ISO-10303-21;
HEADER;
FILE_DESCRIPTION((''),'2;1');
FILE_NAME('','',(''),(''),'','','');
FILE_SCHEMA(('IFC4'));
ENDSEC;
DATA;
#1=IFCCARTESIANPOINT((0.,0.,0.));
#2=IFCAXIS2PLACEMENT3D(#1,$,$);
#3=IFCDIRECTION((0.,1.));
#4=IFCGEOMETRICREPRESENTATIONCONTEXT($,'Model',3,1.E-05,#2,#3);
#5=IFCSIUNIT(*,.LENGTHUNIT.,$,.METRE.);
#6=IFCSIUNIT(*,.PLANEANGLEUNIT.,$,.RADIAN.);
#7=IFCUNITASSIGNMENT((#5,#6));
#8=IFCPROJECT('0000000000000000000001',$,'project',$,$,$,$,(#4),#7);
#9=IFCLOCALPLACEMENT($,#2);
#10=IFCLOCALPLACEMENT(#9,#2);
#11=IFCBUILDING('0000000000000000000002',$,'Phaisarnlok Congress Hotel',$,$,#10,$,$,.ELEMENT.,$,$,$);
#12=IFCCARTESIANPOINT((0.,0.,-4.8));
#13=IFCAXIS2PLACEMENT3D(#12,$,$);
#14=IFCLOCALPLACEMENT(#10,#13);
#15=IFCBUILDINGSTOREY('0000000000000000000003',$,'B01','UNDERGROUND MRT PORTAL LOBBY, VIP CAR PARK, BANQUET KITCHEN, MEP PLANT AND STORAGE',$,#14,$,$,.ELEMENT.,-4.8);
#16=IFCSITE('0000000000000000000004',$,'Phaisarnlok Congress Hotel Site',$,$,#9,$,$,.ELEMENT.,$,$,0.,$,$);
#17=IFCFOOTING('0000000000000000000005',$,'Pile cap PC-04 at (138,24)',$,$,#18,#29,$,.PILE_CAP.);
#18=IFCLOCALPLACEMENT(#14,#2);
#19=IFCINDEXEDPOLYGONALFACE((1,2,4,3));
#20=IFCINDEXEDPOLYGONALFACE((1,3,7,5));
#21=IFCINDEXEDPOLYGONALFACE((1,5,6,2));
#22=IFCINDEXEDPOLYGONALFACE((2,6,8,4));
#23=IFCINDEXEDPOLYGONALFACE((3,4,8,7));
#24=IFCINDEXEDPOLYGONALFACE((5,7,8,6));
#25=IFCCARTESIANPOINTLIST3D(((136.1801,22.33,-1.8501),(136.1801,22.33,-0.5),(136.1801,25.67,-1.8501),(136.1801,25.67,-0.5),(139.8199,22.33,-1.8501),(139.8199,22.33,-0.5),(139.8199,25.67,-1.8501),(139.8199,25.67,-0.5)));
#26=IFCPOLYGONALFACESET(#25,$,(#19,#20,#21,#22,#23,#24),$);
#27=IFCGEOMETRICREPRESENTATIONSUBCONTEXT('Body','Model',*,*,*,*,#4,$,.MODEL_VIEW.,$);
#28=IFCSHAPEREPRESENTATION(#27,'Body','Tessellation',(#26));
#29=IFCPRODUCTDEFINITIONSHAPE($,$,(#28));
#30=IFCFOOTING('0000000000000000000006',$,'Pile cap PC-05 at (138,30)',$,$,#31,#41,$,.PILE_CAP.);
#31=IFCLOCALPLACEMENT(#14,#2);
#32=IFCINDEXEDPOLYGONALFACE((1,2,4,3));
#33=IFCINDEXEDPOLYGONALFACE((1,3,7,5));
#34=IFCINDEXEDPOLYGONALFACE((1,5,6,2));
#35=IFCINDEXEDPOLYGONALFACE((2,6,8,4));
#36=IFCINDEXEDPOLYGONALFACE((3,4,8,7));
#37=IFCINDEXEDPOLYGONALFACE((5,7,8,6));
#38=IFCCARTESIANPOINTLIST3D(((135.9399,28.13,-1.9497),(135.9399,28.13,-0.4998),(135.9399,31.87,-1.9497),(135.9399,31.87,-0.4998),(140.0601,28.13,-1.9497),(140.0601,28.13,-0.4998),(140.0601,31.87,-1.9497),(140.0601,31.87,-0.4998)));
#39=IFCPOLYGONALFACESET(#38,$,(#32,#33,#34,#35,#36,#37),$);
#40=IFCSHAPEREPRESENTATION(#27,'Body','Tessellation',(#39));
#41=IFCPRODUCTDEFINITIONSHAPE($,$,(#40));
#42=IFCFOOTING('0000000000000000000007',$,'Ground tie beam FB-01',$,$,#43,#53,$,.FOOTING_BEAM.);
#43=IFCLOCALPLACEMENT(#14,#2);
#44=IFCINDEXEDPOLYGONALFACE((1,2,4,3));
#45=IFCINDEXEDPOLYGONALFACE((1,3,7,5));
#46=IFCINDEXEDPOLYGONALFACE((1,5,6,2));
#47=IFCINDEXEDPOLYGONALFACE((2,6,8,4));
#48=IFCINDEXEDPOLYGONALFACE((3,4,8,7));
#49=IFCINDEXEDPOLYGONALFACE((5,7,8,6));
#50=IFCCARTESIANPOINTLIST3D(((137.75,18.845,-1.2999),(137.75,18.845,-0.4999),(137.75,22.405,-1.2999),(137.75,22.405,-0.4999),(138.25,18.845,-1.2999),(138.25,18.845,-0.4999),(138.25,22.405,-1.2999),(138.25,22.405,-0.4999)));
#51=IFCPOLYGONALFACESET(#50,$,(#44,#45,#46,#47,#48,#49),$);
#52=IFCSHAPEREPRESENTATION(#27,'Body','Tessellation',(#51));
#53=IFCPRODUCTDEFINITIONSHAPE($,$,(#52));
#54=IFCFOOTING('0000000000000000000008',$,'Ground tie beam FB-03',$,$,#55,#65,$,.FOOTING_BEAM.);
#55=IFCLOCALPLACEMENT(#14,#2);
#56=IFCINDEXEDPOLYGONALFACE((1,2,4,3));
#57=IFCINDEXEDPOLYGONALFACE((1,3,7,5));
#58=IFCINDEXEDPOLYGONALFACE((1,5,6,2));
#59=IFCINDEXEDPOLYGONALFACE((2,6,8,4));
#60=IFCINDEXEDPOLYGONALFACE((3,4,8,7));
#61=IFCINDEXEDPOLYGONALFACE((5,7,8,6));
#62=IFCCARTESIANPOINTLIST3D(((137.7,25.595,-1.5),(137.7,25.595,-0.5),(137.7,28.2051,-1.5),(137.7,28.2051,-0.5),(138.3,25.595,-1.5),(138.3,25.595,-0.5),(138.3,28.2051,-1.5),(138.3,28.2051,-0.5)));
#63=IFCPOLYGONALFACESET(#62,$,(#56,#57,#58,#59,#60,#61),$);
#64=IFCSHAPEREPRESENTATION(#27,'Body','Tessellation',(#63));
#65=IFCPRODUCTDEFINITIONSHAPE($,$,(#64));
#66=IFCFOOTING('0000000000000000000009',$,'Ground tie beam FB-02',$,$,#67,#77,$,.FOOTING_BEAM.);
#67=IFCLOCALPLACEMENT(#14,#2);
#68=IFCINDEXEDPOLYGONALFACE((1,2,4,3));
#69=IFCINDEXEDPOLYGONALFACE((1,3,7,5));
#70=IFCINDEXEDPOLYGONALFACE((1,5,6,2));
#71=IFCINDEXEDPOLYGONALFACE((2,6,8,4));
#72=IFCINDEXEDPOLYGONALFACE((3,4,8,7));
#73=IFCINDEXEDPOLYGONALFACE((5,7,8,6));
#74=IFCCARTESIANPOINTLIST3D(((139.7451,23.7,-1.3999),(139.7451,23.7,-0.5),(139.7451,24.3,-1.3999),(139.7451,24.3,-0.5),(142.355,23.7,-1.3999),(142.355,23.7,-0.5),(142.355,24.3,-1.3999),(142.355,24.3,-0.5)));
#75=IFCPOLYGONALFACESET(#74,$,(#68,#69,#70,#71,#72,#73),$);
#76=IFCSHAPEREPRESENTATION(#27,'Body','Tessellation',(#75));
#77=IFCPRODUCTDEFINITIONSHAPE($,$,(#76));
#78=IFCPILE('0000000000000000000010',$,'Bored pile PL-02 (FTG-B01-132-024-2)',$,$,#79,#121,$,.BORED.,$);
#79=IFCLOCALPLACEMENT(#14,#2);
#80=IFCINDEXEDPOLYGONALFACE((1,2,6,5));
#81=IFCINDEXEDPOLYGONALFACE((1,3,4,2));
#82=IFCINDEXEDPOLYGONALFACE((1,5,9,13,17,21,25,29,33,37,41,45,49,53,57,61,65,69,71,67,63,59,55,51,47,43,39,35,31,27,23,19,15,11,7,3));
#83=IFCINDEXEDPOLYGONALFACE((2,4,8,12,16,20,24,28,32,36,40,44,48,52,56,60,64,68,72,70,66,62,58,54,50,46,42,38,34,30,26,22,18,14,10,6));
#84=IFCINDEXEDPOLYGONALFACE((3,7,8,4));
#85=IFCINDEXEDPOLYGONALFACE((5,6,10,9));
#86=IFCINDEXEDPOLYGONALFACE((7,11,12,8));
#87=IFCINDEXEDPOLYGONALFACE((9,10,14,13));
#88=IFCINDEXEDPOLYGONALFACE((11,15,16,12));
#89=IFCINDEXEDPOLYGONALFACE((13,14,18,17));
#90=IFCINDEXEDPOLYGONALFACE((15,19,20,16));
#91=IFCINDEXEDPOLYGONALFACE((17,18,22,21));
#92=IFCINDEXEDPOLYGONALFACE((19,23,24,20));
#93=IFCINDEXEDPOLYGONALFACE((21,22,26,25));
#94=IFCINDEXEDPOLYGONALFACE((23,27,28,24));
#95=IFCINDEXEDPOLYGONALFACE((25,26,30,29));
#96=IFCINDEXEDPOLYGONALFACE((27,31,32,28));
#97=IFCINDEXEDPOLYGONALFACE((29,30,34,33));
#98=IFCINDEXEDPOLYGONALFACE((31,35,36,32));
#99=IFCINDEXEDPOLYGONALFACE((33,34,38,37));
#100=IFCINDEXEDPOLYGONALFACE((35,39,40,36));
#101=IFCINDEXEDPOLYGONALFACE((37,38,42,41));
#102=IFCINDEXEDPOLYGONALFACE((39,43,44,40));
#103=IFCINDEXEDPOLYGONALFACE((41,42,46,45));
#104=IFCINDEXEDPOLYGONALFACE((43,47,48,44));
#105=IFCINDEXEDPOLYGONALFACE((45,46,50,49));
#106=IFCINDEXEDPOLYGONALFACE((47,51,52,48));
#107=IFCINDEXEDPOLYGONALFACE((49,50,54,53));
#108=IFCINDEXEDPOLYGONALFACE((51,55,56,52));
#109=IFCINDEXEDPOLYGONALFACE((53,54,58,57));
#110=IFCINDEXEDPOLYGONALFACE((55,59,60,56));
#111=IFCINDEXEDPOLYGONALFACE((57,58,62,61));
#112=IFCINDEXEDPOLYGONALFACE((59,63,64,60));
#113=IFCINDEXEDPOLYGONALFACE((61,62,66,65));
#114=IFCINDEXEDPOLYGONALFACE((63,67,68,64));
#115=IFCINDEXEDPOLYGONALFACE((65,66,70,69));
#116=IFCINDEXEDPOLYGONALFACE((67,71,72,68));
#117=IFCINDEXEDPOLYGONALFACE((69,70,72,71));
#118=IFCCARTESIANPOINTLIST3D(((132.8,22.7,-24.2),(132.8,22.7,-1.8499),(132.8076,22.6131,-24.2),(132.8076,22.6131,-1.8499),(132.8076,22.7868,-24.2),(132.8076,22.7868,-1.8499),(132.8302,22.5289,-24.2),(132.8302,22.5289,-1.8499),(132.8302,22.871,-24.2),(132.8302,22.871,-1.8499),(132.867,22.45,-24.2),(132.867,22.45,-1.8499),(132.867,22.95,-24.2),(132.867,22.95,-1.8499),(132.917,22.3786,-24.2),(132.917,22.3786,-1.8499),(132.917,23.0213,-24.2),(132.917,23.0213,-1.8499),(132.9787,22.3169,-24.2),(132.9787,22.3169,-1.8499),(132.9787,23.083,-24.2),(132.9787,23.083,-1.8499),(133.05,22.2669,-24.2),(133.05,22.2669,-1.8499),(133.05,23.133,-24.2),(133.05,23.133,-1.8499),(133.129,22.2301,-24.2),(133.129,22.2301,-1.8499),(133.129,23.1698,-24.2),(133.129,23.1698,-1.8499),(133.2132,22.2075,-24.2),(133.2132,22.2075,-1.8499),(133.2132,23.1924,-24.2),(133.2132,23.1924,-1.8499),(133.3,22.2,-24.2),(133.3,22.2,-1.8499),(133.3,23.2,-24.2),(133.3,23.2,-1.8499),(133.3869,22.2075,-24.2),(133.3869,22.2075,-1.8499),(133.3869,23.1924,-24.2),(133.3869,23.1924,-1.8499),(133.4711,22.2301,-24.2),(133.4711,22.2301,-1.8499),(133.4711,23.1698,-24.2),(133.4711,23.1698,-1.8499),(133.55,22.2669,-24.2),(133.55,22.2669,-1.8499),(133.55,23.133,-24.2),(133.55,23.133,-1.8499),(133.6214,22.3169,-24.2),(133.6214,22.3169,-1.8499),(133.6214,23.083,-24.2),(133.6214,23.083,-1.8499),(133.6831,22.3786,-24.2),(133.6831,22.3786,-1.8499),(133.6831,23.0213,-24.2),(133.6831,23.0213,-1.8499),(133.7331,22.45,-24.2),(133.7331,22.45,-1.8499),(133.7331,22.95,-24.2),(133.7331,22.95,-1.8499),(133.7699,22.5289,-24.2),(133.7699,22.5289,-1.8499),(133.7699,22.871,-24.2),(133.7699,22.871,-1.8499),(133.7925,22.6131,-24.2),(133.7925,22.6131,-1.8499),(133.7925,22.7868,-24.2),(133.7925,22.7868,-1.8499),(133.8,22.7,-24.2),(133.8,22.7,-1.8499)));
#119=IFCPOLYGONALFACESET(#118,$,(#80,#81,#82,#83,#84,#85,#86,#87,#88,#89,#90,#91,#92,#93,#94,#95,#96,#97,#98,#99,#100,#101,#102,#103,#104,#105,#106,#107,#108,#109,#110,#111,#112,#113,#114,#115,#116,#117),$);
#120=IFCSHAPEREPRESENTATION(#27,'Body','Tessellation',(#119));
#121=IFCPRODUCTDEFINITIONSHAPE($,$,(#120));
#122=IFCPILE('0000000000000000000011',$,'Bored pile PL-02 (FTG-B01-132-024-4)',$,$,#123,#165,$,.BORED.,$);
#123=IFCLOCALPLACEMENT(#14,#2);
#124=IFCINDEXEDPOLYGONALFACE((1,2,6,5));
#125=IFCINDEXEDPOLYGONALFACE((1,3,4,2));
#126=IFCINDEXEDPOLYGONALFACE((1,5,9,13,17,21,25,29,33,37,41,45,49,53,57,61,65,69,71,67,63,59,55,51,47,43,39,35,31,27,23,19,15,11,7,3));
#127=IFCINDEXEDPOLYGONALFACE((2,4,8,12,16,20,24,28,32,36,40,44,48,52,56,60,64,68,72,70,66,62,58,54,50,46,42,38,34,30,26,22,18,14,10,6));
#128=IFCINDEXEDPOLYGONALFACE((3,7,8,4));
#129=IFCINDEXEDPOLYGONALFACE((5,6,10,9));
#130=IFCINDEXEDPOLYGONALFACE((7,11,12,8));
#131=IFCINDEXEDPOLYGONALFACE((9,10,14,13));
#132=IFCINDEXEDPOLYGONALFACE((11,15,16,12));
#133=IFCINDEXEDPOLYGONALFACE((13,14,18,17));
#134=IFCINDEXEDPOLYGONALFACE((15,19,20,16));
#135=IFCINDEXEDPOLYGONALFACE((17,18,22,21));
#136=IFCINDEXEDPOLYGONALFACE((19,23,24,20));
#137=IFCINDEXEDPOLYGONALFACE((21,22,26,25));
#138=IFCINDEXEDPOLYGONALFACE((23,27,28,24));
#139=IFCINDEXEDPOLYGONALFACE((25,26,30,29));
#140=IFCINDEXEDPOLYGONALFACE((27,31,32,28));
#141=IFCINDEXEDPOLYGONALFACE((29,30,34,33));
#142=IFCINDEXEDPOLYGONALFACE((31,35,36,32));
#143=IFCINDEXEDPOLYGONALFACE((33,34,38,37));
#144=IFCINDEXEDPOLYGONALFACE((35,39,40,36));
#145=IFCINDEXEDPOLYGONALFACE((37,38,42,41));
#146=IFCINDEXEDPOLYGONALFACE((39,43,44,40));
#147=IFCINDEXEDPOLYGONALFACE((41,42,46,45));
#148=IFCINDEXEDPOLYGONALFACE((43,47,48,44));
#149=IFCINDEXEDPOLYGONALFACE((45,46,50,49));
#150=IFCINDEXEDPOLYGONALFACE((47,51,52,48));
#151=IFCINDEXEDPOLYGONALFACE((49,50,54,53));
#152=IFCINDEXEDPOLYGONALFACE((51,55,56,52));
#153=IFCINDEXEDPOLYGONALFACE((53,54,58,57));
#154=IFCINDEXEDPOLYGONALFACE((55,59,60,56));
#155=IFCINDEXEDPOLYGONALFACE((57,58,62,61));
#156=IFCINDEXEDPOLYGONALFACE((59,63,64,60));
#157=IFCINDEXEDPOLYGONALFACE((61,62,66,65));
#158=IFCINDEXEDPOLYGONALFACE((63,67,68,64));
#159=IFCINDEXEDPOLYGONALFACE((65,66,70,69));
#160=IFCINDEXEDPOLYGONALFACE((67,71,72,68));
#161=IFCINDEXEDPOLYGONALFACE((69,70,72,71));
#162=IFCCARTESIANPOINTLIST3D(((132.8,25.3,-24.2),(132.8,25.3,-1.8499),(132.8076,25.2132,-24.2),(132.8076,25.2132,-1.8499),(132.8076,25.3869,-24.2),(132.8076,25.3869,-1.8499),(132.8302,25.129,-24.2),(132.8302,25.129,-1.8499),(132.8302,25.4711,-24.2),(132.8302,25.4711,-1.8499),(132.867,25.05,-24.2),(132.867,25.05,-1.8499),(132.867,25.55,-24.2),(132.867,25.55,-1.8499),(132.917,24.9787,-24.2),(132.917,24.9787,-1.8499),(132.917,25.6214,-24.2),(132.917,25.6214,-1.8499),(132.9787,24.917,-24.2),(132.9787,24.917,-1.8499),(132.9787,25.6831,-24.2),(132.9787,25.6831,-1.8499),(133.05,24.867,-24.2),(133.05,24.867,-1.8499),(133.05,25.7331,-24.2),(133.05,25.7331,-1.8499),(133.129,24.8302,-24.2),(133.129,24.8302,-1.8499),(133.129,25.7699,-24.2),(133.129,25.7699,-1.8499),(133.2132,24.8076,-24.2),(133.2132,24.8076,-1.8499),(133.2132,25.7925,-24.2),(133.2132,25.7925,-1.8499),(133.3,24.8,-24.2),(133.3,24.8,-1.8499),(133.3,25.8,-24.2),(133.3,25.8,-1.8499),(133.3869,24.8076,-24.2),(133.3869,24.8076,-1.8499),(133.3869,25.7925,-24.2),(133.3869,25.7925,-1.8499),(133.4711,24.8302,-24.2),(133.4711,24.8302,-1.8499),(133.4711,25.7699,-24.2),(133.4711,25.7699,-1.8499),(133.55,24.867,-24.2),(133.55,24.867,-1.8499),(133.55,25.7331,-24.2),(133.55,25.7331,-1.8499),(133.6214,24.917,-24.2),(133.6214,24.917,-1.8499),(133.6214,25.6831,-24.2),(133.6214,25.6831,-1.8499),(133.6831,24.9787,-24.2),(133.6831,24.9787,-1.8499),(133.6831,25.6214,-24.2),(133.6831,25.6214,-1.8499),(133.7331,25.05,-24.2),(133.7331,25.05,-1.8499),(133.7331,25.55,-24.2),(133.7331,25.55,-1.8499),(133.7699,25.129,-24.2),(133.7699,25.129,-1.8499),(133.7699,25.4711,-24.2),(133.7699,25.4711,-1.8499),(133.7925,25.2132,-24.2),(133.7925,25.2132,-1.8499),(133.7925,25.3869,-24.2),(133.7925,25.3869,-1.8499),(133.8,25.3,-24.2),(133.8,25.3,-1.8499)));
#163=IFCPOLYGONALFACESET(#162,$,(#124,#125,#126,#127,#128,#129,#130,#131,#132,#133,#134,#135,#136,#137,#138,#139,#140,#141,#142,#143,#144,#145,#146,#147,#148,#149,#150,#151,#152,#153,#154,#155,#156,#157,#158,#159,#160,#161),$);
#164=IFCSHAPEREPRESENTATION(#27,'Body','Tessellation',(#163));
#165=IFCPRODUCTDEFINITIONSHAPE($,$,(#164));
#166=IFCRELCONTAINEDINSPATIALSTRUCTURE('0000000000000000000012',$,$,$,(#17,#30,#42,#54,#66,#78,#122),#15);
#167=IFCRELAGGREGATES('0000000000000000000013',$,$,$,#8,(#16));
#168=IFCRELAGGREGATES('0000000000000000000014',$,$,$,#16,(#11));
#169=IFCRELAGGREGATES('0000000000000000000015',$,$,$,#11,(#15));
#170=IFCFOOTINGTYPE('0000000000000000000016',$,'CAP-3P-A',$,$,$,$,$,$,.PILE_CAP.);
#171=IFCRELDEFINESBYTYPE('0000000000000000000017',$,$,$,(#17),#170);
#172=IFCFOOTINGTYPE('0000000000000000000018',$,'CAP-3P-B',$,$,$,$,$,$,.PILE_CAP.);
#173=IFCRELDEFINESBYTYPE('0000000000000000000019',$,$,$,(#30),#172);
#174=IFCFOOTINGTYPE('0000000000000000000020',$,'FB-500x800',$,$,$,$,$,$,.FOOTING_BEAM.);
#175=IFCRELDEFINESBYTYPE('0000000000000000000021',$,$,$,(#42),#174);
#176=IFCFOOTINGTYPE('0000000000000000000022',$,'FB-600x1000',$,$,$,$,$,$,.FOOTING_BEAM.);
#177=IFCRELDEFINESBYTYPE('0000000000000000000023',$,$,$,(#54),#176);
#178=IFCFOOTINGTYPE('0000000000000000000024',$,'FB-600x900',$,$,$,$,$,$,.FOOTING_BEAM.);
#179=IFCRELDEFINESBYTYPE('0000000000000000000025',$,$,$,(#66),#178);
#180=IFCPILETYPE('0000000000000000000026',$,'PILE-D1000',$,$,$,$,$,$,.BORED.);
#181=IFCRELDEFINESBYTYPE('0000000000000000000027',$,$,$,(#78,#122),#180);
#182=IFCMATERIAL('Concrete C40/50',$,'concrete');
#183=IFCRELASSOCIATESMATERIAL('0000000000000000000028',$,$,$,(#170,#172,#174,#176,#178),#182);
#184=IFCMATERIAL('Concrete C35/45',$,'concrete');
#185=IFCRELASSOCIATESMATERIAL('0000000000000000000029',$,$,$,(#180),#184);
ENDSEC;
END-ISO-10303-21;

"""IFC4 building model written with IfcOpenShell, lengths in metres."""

from ifc_helpers import new_model, si_unit, direction, frame, origin, origin_2d, place, context, subcontext, project, spatial, rectangle, circle, extrude, material, material_profile, profile_set, type_object, element, save


model = new_model("IFC4")

# Units and contexts
model_context = context("Model", 3, precision=1e-05, world=origin(), true_north=direction((0.0, 1.0)))
body_context = subcontext(model_context, "Body", "Model", "MODEL_VIEW")
ifc_project = project(units=[si_unit("LENGTHUNIT", "METRE"), si_unit("PLANEANGLEUNIT", "RADIAN")], contexts=[model_context])

# Site, building, storey
site_placement = place(None, origin())
site = spatial("IfcSite", under=ifc_project, at=site_placement, Name="Phaisarnlok Congress Hotel Site", CompositionType="ELEMENT", RefElevation=0.0)
building_placement = place(site_placement, origin())
building = spatial("IfcBuilding", under=site, at=building_placement, Name="Phaisarnlok Congress Hotel", CompositionType="ELEMENT")
storey_placement = place(building_placement, frame((0.0, 0.0, -4.8)))
storey = spatial("IfcBuildingStorey", under=building, at=storey_placement, Name="B01", Description="UNDERGROUND MRT PORTAL LOBBY, VIP CAR PARK, BANQUET KITCHEN, MEP PLANT AND STORAGE", CompositionType="ELEMENT", Elevation=-4.8)

# Footings
ifc_material_1 = material(Name="Concrete C40/50", Category="concrete")
footing_type_1 = type_object("IfcFootingType", Name="CAP-3P-A", PredefinedType="PILE_CAP", material=ifc_material_1)
footing_1_placement = place(storey_placement, frame((138.0, 24.0, -1.8501), z_axis=(0.0, 0.0, 1.0), x_axis=(1.0, 0.0, 0.0)))
element("IfcFooting", 1, at=footing_1_placement, inside=storey, type_object=footing_type_1, Name="Pile cap PC-04 at (138,24)", PredefinedType="PILE_CAP", context=body_context, shape_type="SweptSolid", body=[
    extrude(rectangle(XDim=3.6399, YDim=3.3401, at=origin_2d()), origin(), (0.0, 0.0, 1.0), 1.3501),
])
footing_type_2 = type_object("IfcFootingType", Name="CAP-3P-B", PredefinedType="PILE_CAP", material=ifc_material_1)
footing_2_placement = place(storey_placement, frame((138.0, 30.0, -1.9497), z_axis=(0.0, 0.0, 1.0), x_axis=(1.0, 0.0, 0.0)))
element("IfcFooting", 2, at=footing_2_placement, inside=storey, type_object=footing_type_2, Name="Pile cap PC-05 at (138,30)", PredefinedType="PILE_CAP", context=body_context, shape_type="SweptSolid", body=[
    extrude(rectangle(XDim=4.1201, YDim=3.74, at=origin_2d()), origin(), (0.0, 0.0, 1.0), 1.45),
])
ifc_material_profile_1 = material_profile(ifc_material_1, rectangle(XDim=0.5, YDim=0.8, at=origin_2d()), Name="FB-500x800")
ifc_profile_set_1 = profile_set([ifc_material_profile_1], Name="Concrete C40/50")
footing_type_3 = type_object("IfcFootingType", Name="FB-500x800", PredefinedType="FOOTING_BEAM", material=ifc_profile_set_1)
footing_3_placement = place(storey_placement, frame((138.0, 18.845, -0.8999), z_axis=(0.0, 1.0, 0.0), x_axis=(-1.0, 0.0, 0.0)))
element("IfcFooting", 3, at=footing_3_placement, inside=storey, type_object=footing_type_3, Name="Ground tie beam FB-01", PredefinedType="FOOTING_BEAM", context=body_context, shape_type="SweptSolid", body=[
    extrude(rectangle(XDim=0.5, YDim=0.8, at=origin_2d()), origin(), (0.0, 0.0, 1.0), 3.5601),
])
ifc_material_profile_2 = material_profile(ifc_material_1, rectangle(XDim=0.6001, YDim=1.0, at=origin_2d()), Name="FB-600x1000")
ifc_profile_set_2 = profile_set([ifc_material_profile_2], Name="Concrete C40/50")
footing_type_4 = type_object("IfcFootingType", Name="FB-600x1000", PredefinedType="FOOTING_BEAM", material=ifc_profile_set_2)
footing_4_placement = place(storey_placement, frame((138.0, 25.595, -1.0), z_axis=(0.0, 1.0, 0.0), x_axis=(-1.0, 0.0, 0.0)))
element("IfcFooting", 4, at=footing_4_placement, inside=storey, type_object=footing_type_4, Name="Ground tie beam FB-03", PredefinedType="FOOTING_BEAM", context=body_context, shape_type="SweptSolid", body=[
    extrude(rectangle(XDim=0.6001, YDim=1.0, at=origin_2d()), origin(), (0.0, 0.0, 1.0), 2.6101),
])
ifc_material_profile_3 = material_profile(ifc_material_1, rectangle(XDim=0.6001, YDim=0.8999, at=origin_2d()), Name="FB-600x900")
ifc_profile_set_3 = profile_set([ifc_material_profile_3], Name="Concrete C40/50")
footing_type_5 = type_object("IfcFootingType", Name="FB-600x900", PredefinedType="FOOTING_BEAM", material=ifc_profile_set_3)
footing_5_placement = place(storey_placement, frame((139.7451, 24.0, -0.95), z_axis=(1.0, 0.0, 0.0), x_axis=(0.0, 1.0, 0.0)))
element("IfcFooting", 5, at=footing_5_placement, inside=storey, type_object=footing_type_5, Name="Ground tie beam FB-02", PredefinedType="FOOTING_BEAM", context=body_context, shape_type="SweptSolid", body=[
    extrude(rectangle(XDim=0.6001, YDim=0.8999, at=origin_2d()), origin(), (0.0, 0.0, 1.0), 2.6099),
])

# Piles
ifc_material_2 = material(Name="Concrete C35/45", Category="concrete")
ifc_material_profile_4 = material_profile(ifc_material_2, circle(Radius=0.5, at=origin_2d()), Name="BORED PILE D1000")
ifc_profile_set_4 = profile_set([ifc_material_profile_4], Name="Concrete C35/45")
pile_type_1 = type_object("IfcPileType", Name="PILE-D1000", PredefinedType="BORED", material=ifc_profile_set_4)
for number, where, z_axis, x_axis, name in (
    (6, (133.3, 22.7, -1.8499), (0.0, 0.0, -1.0), (1.0, 0.0, 0.0), "Bored pile PL-02 (FTG-B01-132-024-2)"),
    (7, (133.3, 25.3, -1.8499), (0.0, 0.0, -1.0), (1.0, 0.0, 0.0), "Bored pile PL-02 (FTG-B01-132-024-4)"),
):
    element("IfcPile", number, at=place(storey_placement, frame(where, z_axis=z_axis, x_axis=x_axis)), inside=storey, type_object=pile_type_1, Name=name, PredefinedType="BORED", context=body_context, shape_type="SweptSolid", body=[
        extrude(circle(Radius=0.5, at=origin_2d()), origin(), (0.0, 0.0, 1.0), 22.3501),
    ])

save(model, "model.ifc")
